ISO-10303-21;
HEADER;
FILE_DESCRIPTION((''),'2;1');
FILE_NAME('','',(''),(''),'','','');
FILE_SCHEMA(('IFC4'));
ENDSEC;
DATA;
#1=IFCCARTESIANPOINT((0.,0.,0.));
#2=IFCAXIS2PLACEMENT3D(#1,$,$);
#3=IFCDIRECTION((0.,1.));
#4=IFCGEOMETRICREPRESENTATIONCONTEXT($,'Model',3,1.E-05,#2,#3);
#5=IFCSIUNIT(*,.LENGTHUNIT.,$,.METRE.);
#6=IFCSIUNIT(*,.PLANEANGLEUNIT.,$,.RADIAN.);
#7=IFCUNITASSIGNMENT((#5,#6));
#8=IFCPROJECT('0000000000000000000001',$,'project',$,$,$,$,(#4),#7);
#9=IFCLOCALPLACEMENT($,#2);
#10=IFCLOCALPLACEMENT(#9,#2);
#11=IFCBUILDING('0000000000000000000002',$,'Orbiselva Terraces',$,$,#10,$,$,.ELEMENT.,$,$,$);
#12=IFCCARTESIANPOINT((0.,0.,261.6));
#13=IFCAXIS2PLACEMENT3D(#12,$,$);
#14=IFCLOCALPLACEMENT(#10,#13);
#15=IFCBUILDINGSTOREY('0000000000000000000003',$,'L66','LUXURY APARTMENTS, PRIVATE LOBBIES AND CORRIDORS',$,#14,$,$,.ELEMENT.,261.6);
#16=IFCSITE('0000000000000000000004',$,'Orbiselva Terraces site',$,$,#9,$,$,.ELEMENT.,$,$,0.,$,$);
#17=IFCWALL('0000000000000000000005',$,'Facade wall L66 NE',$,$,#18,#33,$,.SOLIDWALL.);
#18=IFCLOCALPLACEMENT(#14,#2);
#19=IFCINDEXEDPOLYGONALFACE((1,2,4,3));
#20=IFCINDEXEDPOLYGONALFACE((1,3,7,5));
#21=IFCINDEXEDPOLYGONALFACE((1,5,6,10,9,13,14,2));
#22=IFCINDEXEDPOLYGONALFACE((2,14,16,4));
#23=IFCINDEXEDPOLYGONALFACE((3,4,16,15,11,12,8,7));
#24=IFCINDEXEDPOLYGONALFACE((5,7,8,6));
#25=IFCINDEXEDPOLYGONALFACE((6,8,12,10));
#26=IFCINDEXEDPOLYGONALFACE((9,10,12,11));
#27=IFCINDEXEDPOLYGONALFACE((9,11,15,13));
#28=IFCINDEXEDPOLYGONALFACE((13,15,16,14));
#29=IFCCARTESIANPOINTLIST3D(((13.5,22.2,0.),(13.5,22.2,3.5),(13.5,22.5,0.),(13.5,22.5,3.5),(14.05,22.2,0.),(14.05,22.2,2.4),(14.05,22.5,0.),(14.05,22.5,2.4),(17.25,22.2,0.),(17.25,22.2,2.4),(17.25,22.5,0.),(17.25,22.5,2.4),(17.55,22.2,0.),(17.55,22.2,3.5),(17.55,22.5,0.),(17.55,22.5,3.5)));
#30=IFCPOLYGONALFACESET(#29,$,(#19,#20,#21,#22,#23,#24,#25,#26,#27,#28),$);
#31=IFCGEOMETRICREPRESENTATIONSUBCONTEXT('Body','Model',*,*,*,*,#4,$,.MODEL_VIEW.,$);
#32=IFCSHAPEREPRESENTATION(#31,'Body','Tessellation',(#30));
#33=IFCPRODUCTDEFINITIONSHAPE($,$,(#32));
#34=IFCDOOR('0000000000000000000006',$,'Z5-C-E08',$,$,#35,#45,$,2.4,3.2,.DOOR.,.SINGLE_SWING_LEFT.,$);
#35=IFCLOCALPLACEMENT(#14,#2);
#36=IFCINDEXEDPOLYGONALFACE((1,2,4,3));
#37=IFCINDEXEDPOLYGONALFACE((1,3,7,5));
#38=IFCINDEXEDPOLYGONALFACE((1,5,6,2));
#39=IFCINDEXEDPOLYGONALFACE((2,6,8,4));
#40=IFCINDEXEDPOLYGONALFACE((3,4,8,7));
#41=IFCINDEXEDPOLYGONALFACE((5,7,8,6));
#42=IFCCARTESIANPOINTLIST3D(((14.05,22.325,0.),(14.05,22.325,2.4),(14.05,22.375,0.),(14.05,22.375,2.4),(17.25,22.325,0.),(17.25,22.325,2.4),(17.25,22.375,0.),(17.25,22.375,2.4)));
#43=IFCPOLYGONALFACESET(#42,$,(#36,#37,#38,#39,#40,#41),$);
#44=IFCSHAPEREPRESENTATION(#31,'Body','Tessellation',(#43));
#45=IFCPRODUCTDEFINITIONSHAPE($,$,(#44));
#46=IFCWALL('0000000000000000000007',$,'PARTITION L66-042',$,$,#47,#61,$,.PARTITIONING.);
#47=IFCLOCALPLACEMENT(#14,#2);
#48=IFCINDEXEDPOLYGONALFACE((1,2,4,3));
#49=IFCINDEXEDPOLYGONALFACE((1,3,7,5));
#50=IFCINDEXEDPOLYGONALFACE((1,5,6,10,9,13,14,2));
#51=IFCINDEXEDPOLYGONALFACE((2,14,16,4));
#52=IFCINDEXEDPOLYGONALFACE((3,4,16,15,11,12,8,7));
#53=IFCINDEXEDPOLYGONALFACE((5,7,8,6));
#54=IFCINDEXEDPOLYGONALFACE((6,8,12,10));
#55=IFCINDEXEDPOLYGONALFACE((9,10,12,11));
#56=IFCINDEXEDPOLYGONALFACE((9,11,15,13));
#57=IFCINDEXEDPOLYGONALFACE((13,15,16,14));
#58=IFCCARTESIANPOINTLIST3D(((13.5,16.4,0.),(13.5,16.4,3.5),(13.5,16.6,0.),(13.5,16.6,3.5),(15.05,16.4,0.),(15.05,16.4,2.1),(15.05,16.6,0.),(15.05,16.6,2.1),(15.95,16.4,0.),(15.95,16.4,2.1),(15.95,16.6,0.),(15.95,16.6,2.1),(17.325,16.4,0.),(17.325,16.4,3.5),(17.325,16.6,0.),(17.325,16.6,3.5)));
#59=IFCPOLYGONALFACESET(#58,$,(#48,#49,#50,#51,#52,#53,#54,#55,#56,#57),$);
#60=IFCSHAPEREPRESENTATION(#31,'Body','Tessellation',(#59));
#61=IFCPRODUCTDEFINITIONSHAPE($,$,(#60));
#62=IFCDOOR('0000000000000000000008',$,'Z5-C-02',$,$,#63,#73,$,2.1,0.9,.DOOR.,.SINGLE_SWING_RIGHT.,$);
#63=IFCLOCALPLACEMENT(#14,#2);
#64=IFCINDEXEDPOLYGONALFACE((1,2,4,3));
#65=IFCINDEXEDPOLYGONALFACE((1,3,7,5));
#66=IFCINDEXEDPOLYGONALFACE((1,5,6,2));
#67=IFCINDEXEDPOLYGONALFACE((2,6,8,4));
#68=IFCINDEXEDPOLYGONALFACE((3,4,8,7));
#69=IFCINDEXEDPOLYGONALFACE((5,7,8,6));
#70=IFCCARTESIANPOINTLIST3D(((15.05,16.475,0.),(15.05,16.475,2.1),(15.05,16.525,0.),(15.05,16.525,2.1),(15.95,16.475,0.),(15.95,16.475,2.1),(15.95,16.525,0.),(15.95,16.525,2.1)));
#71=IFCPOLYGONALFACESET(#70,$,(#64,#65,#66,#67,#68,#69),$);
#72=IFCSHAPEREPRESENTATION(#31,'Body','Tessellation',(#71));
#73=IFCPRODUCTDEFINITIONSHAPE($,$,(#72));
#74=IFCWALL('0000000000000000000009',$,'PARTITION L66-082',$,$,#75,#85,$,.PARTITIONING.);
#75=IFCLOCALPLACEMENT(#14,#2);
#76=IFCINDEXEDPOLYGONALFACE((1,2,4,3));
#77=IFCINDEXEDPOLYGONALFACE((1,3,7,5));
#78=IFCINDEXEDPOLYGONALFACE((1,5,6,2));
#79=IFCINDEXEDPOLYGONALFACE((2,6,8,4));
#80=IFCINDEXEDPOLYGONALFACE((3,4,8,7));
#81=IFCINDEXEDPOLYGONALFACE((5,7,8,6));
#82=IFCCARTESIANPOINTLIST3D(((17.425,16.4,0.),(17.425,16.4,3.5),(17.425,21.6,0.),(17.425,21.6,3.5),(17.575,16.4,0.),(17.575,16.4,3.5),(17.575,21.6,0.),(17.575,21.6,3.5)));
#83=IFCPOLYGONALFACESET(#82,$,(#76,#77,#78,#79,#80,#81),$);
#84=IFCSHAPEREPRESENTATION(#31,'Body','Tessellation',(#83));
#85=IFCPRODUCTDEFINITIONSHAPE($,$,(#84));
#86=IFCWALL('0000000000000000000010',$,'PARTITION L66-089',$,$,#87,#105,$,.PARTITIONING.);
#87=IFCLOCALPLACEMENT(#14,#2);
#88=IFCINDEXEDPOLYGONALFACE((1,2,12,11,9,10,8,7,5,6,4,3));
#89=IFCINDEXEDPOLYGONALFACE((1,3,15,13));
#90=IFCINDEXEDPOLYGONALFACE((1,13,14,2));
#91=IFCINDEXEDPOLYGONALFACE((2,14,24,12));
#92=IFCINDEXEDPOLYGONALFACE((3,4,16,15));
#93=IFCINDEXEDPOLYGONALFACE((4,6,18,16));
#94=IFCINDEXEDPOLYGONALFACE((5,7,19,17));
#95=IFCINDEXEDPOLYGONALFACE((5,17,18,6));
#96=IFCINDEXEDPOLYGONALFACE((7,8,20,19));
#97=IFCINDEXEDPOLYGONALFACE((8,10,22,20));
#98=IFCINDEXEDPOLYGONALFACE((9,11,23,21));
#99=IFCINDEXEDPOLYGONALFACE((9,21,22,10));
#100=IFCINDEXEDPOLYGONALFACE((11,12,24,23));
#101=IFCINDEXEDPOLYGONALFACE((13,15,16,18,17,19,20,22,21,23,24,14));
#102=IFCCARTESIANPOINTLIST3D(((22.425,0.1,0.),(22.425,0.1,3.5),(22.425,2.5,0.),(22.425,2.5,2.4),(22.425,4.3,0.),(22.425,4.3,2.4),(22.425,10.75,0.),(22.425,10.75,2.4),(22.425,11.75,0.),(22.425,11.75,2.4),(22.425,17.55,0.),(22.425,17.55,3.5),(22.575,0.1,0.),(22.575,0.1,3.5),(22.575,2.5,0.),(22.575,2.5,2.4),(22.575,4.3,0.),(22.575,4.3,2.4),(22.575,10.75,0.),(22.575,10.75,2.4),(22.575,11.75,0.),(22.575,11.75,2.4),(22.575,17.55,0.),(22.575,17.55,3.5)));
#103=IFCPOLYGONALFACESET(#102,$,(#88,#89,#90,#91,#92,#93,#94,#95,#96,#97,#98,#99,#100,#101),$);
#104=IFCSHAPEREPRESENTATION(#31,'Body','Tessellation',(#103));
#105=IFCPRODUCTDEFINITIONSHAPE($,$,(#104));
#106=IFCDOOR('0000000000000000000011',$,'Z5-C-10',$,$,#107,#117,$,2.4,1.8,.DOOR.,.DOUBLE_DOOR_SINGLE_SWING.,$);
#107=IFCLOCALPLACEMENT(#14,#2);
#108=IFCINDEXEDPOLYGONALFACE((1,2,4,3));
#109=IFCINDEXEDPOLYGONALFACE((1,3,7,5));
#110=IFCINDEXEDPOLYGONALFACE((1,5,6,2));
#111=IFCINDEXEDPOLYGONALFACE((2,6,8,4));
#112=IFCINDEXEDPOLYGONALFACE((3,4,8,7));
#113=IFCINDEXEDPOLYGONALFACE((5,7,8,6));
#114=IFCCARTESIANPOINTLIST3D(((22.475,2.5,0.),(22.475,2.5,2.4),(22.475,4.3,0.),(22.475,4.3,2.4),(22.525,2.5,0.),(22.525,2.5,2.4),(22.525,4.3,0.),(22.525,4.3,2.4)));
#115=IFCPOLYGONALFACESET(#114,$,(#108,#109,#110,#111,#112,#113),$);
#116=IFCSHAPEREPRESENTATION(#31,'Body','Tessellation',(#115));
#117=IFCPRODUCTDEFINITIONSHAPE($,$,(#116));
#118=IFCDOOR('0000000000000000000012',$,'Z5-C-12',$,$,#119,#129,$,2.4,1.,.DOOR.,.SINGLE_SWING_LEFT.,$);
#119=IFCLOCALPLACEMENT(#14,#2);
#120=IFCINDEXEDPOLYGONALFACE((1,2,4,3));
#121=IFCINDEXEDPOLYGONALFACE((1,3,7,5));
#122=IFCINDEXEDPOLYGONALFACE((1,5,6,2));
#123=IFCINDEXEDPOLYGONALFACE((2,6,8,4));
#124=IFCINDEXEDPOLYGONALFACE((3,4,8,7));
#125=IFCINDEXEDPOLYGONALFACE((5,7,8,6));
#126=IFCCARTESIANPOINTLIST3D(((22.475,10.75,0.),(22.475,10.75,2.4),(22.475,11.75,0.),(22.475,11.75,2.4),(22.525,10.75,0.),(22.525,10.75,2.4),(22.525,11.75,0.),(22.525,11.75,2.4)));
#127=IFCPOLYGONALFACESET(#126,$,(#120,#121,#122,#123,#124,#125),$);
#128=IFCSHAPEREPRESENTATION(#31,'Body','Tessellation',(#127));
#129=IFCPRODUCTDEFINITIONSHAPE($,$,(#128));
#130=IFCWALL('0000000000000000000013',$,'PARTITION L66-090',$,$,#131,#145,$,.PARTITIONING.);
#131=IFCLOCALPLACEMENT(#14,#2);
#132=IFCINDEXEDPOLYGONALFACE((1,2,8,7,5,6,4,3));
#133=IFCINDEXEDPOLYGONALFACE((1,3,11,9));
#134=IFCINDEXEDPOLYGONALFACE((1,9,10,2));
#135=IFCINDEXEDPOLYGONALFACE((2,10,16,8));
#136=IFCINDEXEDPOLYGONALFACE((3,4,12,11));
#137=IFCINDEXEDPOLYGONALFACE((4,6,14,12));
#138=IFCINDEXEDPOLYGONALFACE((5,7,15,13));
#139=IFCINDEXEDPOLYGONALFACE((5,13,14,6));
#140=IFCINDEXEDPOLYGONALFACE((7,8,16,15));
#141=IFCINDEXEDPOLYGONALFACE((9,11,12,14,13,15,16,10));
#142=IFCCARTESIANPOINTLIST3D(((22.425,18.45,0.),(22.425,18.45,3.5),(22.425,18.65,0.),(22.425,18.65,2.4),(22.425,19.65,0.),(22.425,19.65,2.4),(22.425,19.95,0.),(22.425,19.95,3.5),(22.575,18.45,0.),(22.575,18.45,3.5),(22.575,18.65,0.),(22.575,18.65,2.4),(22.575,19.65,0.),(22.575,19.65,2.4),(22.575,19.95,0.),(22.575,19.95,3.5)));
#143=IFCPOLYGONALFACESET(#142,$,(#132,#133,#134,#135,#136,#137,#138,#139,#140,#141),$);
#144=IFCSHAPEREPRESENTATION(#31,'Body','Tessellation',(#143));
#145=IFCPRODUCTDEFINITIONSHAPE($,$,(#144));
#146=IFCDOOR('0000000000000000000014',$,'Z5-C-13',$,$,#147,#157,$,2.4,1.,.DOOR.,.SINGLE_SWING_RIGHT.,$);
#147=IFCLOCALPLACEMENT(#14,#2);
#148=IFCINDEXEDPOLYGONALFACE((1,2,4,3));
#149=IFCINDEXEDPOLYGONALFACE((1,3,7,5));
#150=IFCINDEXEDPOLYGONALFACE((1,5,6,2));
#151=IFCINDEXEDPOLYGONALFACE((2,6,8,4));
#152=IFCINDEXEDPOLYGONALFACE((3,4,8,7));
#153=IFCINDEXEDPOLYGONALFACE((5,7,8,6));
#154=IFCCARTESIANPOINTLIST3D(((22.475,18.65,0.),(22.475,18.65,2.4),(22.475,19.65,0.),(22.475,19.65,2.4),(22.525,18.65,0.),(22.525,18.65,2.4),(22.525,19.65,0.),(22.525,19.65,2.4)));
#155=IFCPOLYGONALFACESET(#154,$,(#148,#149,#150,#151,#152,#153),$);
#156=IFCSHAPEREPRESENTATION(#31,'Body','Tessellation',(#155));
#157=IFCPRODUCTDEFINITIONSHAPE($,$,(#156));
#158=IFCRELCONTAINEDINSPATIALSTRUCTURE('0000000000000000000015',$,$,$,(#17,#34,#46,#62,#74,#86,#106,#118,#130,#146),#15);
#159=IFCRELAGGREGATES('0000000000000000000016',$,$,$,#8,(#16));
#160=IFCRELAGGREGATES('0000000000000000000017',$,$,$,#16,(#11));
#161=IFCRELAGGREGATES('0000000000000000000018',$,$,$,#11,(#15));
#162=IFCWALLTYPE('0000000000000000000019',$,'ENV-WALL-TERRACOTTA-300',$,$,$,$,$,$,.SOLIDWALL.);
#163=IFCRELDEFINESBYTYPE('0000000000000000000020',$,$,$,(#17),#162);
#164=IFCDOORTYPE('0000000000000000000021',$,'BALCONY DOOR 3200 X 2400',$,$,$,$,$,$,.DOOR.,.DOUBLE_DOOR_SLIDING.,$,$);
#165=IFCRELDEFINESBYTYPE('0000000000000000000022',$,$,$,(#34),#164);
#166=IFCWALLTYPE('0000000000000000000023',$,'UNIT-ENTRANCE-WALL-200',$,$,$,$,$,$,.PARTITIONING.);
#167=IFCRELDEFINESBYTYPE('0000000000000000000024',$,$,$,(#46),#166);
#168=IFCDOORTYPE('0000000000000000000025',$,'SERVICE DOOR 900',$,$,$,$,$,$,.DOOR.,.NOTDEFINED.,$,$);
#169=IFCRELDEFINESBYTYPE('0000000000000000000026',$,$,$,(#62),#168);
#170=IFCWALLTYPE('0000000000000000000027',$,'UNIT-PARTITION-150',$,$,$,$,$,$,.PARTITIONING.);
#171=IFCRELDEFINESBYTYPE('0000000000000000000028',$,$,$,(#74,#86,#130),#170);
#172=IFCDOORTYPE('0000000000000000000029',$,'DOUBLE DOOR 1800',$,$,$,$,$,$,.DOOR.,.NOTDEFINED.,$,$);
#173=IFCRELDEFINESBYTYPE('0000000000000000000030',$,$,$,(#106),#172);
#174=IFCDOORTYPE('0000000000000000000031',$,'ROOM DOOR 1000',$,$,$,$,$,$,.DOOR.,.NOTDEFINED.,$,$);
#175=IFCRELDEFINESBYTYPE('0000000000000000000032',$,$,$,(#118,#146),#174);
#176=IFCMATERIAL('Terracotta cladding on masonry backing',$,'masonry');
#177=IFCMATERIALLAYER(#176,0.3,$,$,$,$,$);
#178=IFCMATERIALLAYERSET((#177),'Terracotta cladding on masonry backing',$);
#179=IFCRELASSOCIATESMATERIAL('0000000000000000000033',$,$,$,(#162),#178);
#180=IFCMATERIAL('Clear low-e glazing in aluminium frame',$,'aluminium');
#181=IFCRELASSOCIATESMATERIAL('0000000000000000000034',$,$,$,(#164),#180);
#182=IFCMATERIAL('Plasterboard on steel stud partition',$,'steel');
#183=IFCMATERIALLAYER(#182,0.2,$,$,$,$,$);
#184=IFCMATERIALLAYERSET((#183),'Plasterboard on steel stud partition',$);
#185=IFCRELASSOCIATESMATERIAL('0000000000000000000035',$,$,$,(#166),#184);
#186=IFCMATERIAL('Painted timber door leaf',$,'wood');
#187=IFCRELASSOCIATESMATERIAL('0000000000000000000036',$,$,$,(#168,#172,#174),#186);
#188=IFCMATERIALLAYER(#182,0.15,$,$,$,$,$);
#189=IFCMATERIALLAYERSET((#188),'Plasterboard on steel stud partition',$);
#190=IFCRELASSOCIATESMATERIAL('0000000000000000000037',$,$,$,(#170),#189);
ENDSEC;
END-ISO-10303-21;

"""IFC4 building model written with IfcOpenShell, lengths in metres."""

from ifc_helpers import new_model, si_unit, direction, frame, frame_2d, origin, place, context, subcontext, project, spatial, rectangle, extrude, material, layer, layer_set, type_object, element, fill, save


model = new_model("IFC4")

# Units and contexts
model_context = context("Model", 3, precision=1e-05, world=origin(), true_north=direction((0.0, 1.0)))
body_context = subcontext(model_context, "Body", "Model", "MODEL_VIEW")
ifc_project = project(units=[si_unit("LENGTHUNIT", "METRE"), si_unit("PLANEANGLEUNIT", "RADIAN")], contexts=[model_context])

# Site, building, storey
site_placement = place(None, origin())
site = spatial("IfcSite", under=ifc_project, at=site_placement, Name="Orbiselva Terraces site", CompositionType="ELEMENT", RefElevation=0.0)
building_placement = place(site_placement, origin())
building = spatial("IfcBuilding", under=site, at=building_placement, Name="Orbiselva Terraces", CompositionType="ELEMENT")
storey_placement = place(building_placement, frame((0.0, 0.0, 261.6)))
storey = spatial("IfcBuildingStorey", under=building, at=storey_placement, Name="L66", Description="LUXURY APARTMENTS, PRIVATE LOBBIES AND CORRIDORS", CompositionType="ELEMENT", Elevation=261.6)

# Shared definitions
ifc_material_1 = material(Name="Terracotta cladding on masonry backing", Category="masonry")
ifc_layer_1 = layer(ifc_material_1, 0.3)
ifc_layer_set_1 = layer_set([ifc_layer_1], Name="Terracotta cladding on masonry backing")
wall_type_1 = type_object("IfcWallType", Name="ENV-WALL-TERRACOTTA-300", PredefinedType="SOLIDWALL", material=ifc_layer_set_1)
ifc_material_2 = material(Name="Clear low-e glazing in aluminium frame", Category="aluminium")

# Walls, openings, doors
wall_1_placement = place(storey_placement, frame((13.5, 22.35, 0.0), z_axis=(0.0, 0.0, 1.0), x_axis=(1.0, 0.0, 0.0)))
wall_1 = element("IfcWall", 1, at=wall_1_placement, inside=storey, type_object=wall_type_1, Name="Facade wall L66 NE", PredefinedType="SOLIDWALL", context=body_context, shape_type="SweptSolid", body=[
    extrude(rectangle(XDim=4.05, YDim=0.3, at=frame_2d((2.025, 0.0))), origin(), (0.0, 0.0, 1.0), 3.5),
])
opening_1_placement = place(wall_1_placement, frame((0.55, 0.0, 0.0)))
opening_1 = element("IfcOpeningElement", 2, at=opening_1_placement, cuts=wall_1, PredefinedType="OPENING", context=body_context, shape_type="SweptSolid", body=[
    extrude(rectangle(XDim=3.2, YDim=2.4, at=frame_2d((1.6, 1.2))), frame((0.0, 0.16, 0.0), z_axis=(0.0, -1.0, 0.0), x_axis=(1.0, 0.0, 0.0)), (0.0, 0.0, 1.0), 0.32),
])
door_type_1 = type_object("IfcDoorType", Name="BALCONY DOOR 3200 X 2400", OperationType="DOUBLE_DOOR_SLIDING", PredefinedType="DOOR", material=ifc_material_2)
door_1_placement = place(opening_1_placement, origin())
door_1 = element("IfcDoor", 3, at=door_1_placement, inside=storey, type_object=door_type_1, Name="Z5-C-E08", OperationType="SINGLE_SWING_LEFT", OverallHeight=2.4, OverallWidth=3.2, PredefinedType="DOOR", context=body_context, shape_type="SweptSolid", body=[
    extrude(rectangle(XDim=3.2, YDim=2.4, at=frame_2d((1.6, 1.2))), frame((0.0, 0.025, 0.0), z_axis=(0.0, -1.0, 0.0), x_axis=(1.0, 0.0, 0.0)), (0.0, 0.0, 1.0), 0.05),
])
fill(opening_1, door_1)
ifc_material_3 = material(Name="Plasterboard on steel stud partition", Category="steel")
ifc_layer_2 = layer(ifc_material_3, 0.2)
ifc_layer_set_2 = layer_set([ifc_layer_2], Name="Plasterboard on steel stud partition")
wall_type_2 = type_object("IfcWallType", Name="UNIT-ENTRANCE-WALL-200", PredefinedType="PARTITIONING", material=ifc_layer_set_2)
wall_2_placement = place(storey_placement, frame((13.5, 16.5, 0.0), z_axis=(0.0, 0.0, 1.0), x_axis=(1.0, 0.0, 0.0)))
wall_2 = element("IfcWall", 4, at=wall_2_placement, inside=storey, type_object=wall_type_2, Name="PARTITION L66-042", PredefinedType="PARTITIONING", context=body_context, shape_type="SweptSolid", body=[
    extrude(rectangle(XDim=3.825, YDim=0.2, at=frame_2d((1.9125, 0.0))), origin(), (0.0, 0.0, 1.0), 3.5),
])
opening_2_placement = place(wall_2_placement, frame((1.55, 0.0, 0.0)))
opening_2 = element("IfcOpeningElement", 5, at=opening_2_placement, cuts=wall_2, PredefinedType="OPENING", context=body_context, shape_type="SweptSolid", body=[
    extrude(rectangle(XDim=0.9, YDim=2.1, at=frame_2d((0.45, 1.05))), frame((0.0, 0.11, 0.0), z_axis=(0.0, -1.0, 0.0), x_axis=(1.0, 0.0, 0.0)), (0.0, 0.0, 1.0), 0.22),
])
ifc_material_4 = material(Name="Painted timber door leaf", Category="wood")
door_type_2 = type_object("IfcDoorType", Name="SERVICE DOOR 900", OperationType="NOTDEFINED", PredefinedType="DOOR", material=ifc_material_4)
door_2_placement = place(opening_2_placement, origin())
door_2 = element("IfcDoor", 6, at=door_2_placement, inside=storey, type_object=door_type_2, Name="Z5-C-02", OperationType="SINGLE_SWING_RIGHT", OverallHeight=2.1, OverallWidth=0.9, PredefinedType="DOOR", context=body_context, shape_type="SweptSolid", body=[
    extrude(rectangle(XDim=0.9, YDim=2.1, at=frame_2d((0.45, 1.05))), frame((0.0, 0.025, 0.0), z_axis=(0.0, -1.0, 0.0), x_axis=(1.0, 0.0, 0.0)), (0.0, 0.0, 1.0), 0.05),
])
fill(opening_2, door_2)

# Wall
ifc_layer_3 = layer(ifc_material_3, 0.15)
ifc_layer_set_3 = layer_set([ifc_layer_3], Name="Plasterboard on steel stud partition")
wall_type_3 = type_object("IfcWallType", Name="UNIT-PARTITION-150", PredefinedType="PARTITIONING", material=ifc_layer_set_3)
wall_3_placement = place(storey_placement, frame((17.5, 16.4, 0.0), z_axis=(0.0, 0.0, 1.0), x_axis=(0.0, 1.0, 0.0)))
element("IfcWall", 7, at=wall_3_placement, inside=storey, type_object=wall_type_3, Name="PARTITION L66-082", PredefinedType="PARTITIONING", context=body_context, shape_type="SweptSolid", body=[
    extrude(rectangle(XDim=5.2, YDim=0.15, at=frame_2d((2.6, 0.0))), origin(), (0.0, 0.0, 1.0), 3.5),
])

# Wall, openings, doors
wall_4_placement = place(storey_placement, frame((22.5, 17.55, 0.0), z_axis=(0.0, 0.0, 1.0), x_axis=(0.0, -1.0, 0.0)))
wall_4 = element("IfcWall", 8, at=wall_4_placement, inside=storey, type_object=wall_type_3, Name="PARTITION L66-089", PredefinedType="PARTITIONING", context=body_context, shape_type="SweptSolid", body=[
    extrude(rectangle(XDim=17.45, YDim=0.15, at=frame_2d((8.725, 0.0))), origin(), (0.0, 0.0, 1.0), 3.5),
])
opening_3_placement = place(wall_4_placement, frame((13.25, 0.0, 0.0)))
opening_3 = element("IfcOpeningElement", 9, at=opening_3_placement, cuts=wall_4, PredefinedType="OPENING", context=body_context, shape_type="SweptSolid", body=[
    extrude(rectangle(XDim=1.8, YDim=2.4, at=frame_2d((0.9, 1.2))), frame((0.0, 0.085, 0.0), z_axis=(0.0, -1.0, 0.0), x_axis=(1.0, 0.0, 0.0)), (0.0, 0.0, 1.0), 0.17),
])
opening_4_placement = place(wall_4_placement, frame((5.8, 0.0, 0.0)))
opening_4 = element("IfcOpeningElement", 10, at=opening_4_placement, cuts=wall_4, PredefinedType="OPENING", context=body_context, shape_type="SweptSolid", body=[
    extrude(rectangle(XDim=1.0, YDim=2.4, at=frame_2d((0.5, 1.2))), frame((0.0, 0.085, 0.0), z_axis=(0.0, -1.0, 0.0), x_axis=(1.0, 0.0, 0.0)), (0.0, 0.0, 1.0), 0.17),
])
door_type_3 = type_object("IfcDoorType", Name="DOUBLE DOOR 1800", OperationType="NOTDEFINED", PredefinedType="DOOR", material=ifc_material_4)
door_3_placement = place(opening_3_placement, origin())
door_3 = element("IfcDoor", 11, at=door_3_placement, inside=storey, type_object=door_type_3, Name="Z5-C-10", OperationType="DOUBLE_DOOR_SINGLE_SWING", OverallHeight=2.4, OverallWidth=1.8, PredefinedType="DOOR", context=body_context, shape_type="SweptSolid", body=[
    extrude(rectangle(XDim=1.8, YDim=2.4, at=frame_2d((0.9, 1.2))), frame((0.0, 0.025, 0.0), z_axis=(0.0, -1.0, 0.0), x_axis=(1.0, 0.0, 0.0)), (0.0, 0.0, 1.0), 0.05),
])
fill(opening_3, door_3)
door_type_4 = type_object("IfcDoorType", Name="ROOM DOOR 1000", OperationType="NOTDEFINED", PredefinedType="DOOR", material=ifc_material_4)
door_4_placement = place(opening_4_placement, origin())
door_4 = element("IfcDoor", 12, at=door_4_placement, inside=storey, type_object=door_type_4, Name="Z5-C-12", OperationType="SINGLE_SWING_LEFT", OverallHeight=2.4, OverallWidth=1.0, PredefinedType="DOOR", context=body_context, shape_type="SweptSolid", body=[
    extrude(rectangle(XDim=1.0, YDim=2.4, at=frame_2d((0.5, 1.2))), frame((0.0, 0.025, 0.0), z_axis=(0.0, -1.0, 0.0), x_axis=(1.0, 0.0, 0.0)), (0.0, 0.0, 1.0), 0.05),
])
fill(opening_4, door_4)

# Wall, opening, door
wall_5_placement = place(storey_placement, frame((22.5, 19.95, 0.0), z_axis=(0.0, 0.0, 1.0), x_axis=(0.0, -1.0, 0.0)))
wall_5 = element("IfcWall", 13, at=wall_5_placement, inside=storey, type_object=wall_type_3, Name="PARTITION L66-090", PredefinedType="PARTITIONING", context=body_context, shape_type="SweptSolid", body=[
    extrude(rectangle(XDim=1.5, YDim=0.15, at=frame_2d((0.75, 0.0))), origin(), (0.0, 0.0, 1.0), 3.5),
])
opening_5_placement = place(wall_5_placement, frame((0.3, 0.0, 0.0)))
opening_5 = element("IfcOpeningElement", 14, at=opening_5_placement, cuts=wall_5, PredefinedType="OPENING", context=body_context, shape_type="SweptSolid", body=[
    extrude(rectangle(XDim=1.0, YDim=2.4, at=frame_2d((0.5, 1.2))), frame((0.0, 0.085, 0.0), z_axis=(0.0, -1.0, 0.0), x_axis=(1.0, 0.0, 0.0)), (0.0, 0.0, 1.0), 0.17),
])
door_5_placement = place(opening_5_placement, origin())
door_5 = element("IfcDoor", 15, at=door_5_placement, inside=storey, type_object=door_type_4, Name="Z5-C-13", OperationType="SINGLE_SWING_RIGHT", OverallHeight=2.4, OverallWidth=1.0, PredefinedType="DOOR", context=body_context, shape_type="SweptSolid", body=[
    extrude(rectangle(XDim=1.0, YDim=2.4, at=frame_2d((0.5, 1.2))), frame((0.0, 0.025, 0.0), z_axis=(0.0, -1.0, 0.0), x_axis=(1.0, 0.0, 0.0)), (0.0, 0.0, 1.0), 0.05),
])
fill(opening_5, door_5)

save(model, "model.ifc")
